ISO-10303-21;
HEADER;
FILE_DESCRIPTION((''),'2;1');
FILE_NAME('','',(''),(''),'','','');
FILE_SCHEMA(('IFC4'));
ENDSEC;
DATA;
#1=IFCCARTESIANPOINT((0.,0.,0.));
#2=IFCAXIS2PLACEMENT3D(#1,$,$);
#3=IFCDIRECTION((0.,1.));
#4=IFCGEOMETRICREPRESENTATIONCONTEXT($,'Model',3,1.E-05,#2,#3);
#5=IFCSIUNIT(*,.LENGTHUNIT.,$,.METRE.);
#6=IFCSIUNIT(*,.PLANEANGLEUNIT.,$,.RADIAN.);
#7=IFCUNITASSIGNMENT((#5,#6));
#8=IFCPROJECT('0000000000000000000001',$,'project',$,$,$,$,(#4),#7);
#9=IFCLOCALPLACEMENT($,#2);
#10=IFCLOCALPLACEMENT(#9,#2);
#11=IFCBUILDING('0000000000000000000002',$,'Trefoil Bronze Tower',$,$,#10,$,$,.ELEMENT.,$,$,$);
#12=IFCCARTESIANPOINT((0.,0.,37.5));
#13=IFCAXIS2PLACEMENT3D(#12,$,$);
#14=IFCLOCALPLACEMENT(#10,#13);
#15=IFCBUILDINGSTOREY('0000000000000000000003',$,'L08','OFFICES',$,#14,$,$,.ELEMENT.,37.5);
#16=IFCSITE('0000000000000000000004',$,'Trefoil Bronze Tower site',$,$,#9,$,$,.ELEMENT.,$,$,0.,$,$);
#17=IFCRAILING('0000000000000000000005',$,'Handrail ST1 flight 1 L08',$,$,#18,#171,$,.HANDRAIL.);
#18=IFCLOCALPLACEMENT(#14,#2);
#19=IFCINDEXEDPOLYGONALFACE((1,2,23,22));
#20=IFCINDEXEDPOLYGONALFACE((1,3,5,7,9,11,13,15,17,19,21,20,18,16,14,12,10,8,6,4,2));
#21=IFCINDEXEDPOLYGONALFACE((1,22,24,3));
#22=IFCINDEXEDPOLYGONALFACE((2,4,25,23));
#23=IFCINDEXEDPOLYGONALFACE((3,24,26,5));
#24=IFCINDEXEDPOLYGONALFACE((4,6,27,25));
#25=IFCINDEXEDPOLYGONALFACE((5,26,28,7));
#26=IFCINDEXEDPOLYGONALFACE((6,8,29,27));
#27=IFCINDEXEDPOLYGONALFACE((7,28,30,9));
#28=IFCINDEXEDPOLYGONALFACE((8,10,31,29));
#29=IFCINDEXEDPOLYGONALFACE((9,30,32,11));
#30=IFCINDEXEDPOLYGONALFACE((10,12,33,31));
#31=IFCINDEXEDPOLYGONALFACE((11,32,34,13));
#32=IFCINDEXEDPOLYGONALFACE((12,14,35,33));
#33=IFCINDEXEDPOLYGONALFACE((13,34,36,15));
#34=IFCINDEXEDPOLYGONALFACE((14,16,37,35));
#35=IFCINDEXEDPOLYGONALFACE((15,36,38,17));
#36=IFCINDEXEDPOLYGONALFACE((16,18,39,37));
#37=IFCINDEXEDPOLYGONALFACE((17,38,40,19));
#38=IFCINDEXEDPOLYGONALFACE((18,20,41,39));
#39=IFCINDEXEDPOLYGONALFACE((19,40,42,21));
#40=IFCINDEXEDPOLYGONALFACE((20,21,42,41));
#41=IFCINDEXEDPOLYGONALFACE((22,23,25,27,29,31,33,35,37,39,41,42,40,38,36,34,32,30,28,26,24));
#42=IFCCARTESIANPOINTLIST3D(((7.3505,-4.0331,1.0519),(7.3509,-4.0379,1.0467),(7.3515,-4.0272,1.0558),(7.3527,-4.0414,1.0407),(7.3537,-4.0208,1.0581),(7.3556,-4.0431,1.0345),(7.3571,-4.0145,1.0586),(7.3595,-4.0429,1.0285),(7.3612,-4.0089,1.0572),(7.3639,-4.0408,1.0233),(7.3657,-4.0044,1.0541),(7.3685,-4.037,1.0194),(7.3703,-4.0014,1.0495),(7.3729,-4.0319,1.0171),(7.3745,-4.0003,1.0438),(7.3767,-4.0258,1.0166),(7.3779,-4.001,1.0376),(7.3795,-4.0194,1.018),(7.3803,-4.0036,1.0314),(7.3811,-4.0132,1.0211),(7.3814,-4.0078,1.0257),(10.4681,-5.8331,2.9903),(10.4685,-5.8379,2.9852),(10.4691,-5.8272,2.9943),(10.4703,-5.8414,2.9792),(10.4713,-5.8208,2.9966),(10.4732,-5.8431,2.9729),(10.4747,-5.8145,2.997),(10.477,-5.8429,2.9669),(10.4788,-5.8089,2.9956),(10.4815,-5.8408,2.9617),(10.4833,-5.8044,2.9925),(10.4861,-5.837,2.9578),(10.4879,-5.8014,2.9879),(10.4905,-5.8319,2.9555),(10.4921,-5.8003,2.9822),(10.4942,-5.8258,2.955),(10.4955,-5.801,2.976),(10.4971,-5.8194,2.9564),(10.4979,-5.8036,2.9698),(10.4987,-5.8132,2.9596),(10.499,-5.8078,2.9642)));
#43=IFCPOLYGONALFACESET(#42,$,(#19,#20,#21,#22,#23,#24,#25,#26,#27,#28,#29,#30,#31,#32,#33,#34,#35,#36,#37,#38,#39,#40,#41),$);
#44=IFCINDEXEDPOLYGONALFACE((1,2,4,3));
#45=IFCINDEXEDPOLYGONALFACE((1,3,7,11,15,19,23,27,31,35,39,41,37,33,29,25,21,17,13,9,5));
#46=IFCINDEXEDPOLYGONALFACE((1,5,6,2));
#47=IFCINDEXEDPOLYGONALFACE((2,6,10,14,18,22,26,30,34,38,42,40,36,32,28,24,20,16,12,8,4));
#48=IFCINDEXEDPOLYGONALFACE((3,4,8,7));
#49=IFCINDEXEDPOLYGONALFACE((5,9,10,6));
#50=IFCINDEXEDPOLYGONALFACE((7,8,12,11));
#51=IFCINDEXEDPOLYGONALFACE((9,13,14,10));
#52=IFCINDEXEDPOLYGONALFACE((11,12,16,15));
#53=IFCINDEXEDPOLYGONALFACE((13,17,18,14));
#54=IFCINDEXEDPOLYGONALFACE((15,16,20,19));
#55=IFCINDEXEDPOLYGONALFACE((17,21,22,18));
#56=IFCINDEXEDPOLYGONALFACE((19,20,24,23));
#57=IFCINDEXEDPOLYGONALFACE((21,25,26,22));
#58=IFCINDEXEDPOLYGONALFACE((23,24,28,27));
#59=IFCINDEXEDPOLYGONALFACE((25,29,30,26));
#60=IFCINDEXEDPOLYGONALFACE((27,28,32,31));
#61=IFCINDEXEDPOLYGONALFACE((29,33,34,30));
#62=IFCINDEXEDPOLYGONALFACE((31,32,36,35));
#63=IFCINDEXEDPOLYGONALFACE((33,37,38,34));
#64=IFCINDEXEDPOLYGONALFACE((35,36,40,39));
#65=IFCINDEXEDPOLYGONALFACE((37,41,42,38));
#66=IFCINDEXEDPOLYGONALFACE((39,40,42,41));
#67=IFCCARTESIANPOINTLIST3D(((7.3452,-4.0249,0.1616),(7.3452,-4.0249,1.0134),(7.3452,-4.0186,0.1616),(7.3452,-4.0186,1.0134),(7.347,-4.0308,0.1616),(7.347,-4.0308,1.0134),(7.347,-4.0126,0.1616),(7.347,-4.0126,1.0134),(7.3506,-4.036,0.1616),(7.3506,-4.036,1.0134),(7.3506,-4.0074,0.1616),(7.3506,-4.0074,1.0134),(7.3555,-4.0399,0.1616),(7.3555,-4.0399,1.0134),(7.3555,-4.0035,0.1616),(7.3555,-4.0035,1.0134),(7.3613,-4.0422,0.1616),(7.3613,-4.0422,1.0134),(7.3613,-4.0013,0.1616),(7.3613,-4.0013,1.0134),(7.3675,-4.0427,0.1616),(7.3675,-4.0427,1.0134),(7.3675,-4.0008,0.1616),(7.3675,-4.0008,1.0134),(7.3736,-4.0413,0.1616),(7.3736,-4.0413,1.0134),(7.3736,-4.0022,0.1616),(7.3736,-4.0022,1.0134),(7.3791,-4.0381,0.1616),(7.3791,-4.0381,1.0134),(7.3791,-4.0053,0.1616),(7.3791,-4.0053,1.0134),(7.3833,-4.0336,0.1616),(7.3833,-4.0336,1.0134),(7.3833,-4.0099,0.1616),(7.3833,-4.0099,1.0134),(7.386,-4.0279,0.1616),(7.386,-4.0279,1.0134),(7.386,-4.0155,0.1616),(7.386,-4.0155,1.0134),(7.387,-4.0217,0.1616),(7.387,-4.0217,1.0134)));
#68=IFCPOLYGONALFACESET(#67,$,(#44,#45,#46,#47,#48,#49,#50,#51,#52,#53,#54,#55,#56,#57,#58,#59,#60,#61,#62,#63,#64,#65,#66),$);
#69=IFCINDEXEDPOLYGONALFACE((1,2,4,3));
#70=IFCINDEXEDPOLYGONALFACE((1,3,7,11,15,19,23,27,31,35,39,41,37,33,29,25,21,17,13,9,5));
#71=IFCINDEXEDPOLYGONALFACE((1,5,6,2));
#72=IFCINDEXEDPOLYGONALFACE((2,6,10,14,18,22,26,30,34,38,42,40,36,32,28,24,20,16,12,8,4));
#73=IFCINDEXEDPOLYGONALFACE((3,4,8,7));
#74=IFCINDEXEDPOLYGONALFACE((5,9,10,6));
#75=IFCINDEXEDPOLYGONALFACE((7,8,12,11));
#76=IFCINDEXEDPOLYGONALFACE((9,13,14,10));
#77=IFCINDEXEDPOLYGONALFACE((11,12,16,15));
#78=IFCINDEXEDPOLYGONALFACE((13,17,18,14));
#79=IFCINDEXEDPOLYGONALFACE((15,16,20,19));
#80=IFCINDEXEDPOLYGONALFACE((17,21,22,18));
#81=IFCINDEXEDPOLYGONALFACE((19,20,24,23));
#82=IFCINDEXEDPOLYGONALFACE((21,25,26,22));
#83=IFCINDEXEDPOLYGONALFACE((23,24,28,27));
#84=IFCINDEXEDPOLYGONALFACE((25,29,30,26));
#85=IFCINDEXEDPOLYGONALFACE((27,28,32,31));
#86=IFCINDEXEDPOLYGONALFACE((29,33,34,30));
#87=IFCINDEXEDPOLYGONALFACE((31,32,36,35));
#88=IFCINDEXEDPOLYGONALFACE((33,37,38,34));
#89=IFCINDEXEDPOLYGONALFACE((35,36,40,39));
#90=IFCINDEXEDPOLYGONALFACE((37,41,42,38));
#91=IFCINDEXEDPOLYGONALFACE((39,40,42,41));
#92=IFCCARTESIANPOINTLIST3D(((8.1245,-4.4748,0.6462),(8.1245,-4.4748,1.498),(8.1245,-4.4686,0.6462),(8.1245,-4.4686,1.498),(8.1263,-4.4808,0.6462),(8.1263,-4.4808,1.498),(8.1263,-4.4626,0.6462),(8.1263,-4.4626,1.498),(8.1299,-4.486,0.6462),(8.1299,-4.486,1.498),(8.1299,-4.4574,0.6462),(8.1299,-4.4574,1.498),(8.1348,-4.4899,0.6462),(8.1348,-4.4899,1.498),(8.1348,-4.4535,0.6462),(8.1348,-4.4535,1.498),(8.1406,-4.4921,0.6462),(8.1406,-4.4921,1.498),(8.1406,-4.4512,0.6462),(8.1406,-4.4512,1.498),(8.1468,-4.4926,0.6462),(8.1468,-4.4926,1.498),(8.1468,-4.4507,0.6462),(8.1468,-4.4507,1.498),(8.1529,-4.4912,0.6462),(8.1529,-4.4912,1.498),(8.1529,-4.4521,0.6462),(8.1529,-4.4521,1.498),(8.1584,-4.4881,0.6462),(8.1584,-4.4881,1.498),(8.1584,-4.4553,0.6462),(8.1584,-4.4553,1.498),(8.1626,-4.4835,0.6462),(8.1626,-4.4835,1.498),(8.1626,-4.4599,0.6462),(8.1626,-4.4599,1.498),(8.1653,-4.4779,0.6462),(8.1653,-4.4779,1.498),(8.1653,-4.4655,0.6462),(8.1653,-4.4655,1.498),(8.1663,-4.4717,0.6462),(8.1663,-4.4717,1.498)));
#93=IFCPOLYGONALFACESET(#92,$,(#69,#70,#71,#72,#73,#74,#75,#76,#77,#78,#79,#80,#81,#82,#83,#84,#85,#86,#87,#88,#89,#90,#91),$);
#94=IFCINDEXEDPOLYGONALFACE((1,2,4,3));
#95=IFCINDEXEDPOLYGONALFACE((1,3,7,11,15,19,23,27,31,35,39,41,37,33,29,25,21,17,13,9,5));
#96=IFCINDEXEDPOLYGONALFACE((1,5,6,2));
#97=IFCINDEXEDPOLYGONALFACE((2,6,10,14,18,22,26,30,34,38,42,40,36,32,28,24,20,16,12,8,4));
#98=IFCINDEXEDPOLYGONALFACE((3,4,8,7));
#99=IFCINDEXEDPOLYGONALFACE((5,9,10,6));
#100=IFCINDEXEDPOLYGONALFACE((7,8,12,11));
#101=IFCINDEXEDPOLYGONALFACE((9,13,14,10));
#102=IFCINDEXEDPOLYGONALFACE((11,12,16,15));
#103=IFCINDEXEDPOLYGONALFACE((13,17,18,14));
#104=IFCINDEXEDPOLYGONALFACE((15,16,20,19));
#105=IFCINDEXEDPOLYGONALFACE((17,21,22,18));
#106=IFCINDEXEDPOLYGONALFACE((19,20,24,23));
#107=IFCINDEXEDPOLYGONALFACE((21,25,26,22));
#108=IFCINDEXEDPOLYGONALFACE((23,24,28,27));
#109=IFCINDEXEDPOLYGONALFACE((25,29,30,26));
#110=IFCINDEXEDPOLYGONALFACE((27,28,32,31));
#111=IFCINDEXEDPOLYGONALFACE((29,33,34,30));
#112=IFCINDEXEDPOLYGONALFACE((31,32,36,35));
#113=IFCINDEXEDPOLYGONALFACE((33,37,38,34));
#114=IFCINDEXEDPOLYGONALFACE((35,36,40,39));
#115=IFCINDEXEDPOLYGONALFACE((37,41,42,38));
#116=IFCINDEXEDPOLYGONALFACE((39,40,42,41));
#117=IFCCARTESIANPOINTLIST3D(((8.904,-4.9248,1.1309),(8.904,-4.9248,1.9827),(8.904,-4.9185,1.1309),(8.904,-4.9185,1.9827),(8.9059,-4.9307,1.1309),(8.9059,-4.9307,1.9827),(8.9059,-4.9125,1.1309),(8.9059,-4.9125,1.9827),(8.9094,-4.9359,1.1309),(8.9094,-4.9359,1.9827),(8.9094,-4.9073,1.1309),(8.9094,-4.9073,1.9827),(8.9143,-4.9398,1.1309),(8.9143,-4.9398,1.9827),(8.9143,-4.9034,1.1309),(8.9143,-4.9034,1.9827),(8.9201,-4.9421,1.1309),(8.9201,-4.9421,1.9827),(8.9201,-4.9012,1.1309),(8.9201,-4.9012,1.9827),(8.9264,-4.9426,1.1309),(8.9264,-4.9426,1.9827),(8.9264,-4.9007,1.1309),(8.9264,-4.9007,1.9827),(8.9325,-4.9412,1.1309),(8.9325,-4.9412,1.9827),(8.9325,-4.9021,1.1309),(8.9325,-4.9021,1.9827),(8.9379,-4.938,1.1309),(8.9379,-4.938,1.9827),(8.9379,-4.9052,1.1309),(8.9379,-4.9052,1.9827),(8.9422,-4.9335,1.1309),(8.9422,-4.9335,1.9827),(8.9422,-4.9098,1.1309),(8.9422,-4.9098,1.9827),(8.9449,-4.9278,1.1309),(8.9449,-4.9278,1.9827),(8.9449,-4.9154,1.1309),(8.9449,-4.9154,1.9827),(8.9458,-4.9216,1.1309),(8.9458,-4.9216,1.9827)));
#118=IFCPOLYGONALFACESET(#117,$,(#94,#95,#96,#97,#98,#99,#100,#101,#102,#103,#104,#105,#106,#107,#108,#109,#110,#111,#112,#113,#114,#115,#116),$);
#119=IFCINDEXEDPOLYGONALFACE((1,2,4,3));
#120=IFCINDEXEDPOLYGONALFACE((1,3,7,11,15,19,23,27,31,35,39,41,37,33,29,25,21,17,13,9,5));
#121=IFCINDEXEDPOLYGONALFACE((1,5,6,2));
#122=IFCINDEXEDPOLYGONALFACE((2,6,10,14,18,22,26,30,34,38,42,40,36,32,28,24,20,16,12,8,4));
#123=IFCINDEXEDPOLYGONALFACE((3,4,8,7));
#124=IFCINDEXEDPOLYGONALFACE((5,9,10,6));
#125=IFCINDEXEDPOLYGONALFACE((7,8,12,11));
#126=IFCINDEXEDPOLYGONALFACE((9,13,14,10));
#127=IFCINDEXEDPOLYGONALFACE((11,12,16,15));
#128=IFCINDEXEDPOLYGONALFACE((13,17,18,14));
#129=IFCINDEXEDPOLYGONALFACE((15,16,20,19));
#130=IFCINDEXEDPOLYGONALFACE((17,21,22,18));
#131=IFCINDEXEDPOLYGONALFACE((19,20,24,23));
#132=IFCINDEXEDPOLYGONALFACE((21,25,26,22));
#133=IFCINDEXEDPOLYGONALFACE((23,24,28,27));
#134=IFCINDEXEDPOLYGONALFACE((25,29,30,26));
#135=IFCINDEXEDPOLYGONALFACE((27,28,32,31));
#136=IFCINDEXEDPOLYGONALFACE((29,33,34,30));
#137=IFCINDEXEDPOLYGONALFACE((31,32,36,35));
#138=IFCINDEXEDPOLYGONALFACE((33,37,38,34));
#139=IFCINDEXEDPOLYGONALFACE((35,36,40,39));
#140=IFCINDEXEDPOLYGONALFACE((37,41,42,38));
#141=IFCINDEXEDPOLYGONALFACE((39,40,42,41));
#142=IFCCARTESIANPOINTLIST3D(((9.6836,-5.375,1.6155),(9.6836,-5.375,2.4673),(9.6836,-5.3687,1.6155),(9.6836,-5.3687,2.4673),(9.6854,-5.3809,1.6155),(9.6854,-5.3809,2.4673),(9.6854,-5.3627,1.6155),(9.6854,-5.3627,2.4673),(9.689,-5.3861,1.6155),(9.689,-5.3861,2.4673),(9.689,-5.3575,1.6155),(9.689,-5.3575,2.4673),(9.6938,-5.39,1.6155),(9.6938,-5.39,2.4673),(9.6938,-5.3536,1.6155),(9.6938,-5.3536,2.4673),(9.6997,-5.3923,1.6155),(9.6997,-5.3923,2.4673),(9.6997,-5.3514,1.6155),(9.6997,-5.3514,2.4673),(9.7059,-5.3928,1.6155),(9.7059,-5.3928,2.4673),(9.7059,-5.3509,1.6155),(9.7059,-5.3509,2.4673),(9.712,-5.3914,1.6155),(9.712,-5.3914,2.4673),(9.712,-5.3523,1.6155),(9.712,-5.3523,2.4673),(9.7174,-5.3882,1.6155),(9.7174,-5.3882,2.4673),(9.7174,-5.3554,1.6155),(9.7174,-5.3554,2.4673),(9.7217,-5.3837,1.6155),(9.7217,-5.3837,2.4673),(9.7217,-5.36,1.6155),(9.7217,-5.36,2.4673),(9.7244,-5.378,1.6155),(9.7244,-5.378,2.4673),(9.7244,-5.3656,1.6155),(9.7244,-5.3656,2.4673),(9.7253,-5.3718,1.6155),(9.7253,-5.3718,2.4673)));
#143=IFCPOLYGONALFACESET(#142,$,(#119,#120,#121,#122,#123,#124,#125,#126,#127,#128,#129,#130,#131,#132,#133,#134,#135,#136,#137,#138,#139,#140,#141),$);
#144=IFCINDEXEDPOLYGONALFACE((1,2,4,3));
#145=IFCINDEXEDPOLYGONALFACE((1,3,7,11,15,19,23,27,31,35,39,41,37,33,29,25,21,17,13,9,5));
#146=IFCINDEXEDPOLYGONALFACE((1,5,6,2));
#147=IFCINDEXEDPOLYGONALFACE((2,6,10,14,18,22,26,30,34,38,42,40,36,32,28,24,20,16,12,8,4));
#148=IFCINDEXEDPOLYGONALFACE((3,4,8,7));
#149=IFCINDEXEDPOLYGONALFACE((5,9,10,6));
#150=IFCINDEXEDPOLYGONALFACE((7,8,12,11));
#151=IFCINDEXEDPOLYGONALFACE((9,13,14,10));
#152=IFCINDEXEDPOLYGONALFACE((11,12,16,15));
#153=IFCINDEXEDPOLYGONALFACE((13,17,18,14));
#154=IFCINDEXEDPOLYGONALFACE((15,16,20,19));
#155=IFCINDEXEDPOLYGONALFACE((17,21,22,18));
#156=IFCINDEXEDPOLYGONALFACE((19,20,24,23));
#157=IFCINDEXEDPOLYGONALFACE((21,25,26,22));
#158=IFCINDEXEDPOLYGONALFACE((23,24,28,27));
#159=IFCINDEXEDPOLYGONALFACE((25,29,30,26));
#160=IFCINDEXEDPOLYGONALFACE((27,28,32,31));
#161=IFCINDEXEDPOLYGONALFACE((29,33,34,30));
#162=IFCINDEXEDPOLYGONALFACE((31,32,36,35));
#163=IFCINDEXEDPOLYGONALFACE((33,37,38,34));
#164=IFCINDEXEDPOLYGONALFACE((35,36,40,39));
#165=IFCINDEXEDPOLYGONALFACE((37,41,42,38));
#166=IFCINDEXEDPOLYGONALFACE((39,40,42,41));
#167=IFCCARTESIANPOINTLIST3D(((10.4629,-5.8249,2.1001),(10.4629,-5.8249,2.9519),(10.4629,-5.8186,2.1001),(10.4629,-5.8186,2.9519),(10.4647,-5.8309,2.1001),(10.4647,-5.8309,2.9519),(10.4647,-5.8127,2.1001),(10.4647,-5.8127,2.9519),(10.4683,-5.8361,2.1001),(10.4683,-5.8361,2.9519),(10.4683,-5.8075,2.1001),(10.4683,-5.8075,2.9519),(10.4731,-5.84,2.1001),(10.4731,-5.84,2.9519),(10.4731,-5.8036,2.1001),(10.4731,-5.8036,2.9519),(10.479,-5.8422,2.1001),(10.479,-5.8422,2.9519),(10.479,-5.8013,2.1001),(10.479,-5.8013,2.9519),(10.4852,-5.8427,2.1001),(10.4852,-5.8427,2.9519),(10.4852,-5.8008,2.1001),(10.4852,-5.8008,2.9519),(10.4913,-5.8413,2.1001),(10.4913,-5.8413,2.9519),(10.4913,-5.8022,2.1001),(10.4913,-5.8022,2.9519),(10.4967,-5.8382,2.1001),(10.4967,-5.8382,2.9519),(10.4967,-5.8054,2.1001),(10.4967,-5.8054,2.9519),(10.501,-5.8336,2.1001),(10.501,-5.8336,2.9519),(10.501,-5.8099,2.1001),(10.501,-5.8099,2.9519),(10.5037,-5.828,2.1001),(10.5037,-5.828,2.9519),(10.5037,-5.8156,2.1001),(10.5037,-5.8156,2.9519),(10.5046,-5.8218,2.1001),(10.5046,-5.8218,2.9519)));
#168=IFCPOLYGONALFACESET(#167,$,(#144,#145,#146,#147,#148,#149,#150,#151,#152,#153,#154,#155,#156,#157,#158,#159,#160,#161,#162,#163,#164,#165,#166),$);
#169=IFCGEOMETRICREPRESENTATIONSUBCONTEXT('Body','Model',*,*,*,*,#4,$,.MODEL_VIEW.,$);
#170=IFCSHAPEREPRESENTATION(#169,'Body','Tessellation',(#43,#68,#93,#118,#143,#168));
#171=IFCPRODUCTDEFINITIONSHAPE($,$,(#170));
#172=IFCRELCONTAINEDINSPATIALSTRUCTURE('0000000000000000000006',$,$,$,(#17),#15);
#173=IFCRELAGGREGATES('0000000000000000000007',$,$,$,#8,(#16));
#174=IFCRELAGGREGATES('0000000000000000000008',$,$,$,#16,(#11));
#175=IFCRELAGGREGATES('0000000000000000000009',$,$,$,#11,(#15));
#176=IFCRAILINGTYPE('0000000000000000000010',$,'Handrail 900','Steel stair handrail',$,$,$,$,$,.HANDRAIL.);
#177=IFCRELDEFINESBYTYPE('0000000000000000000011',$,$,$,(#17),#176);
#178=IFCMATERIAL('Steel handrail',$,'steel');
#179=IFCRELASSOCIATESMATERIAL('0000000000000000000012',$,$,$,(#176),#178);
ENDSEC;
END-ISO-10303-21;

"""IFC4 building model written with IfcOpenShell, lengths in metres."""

from ifc_helpers import new_model, si_unit, direction, frame, origin, origin_2d, place, context, subcontext, project, spatial, circle, extrude, material, type_object, element, save


model = new_model("IFC4")

# Units and contexts
model_context = context("Model", 3, precision=1e-05, world=origin(), true_north=direction((0.0, 1.0)))
body_context = subcontext(model_context, "Body", "Model", "MODEL_VIEW")
ifc_project = project(units=[si_unit("LENGTHUNIT", "METRE"), si_unit("PLANEANGLEUNIT", "RADIAN")], contexts=[model_context])

# Site, building, storey
site_placement = place(None, origin())
site = spatial("IfcSite", under=ifc_project, at=site_placement, Name="Trefoil Bronze Tower site", CompositionType="ELEMENT", RefElevation=0.0)
building_placement = place(site_placement, origin())
building = spatial("IfcBuilding", under=site, at=building_placement, Name="Trefoil Bronze Tower", CompositionType="ELEMENT")
storey_placement = place(building_placement, frame((0.0, 0.0, 37.5)))
storey = spatial("IfcBuildingStorey", under=building, at=storey_placement, Name="L08", Description="OFFICES", CompositionType="ELEMENT", Elevation=37.5)

# Railing
ifc_material_1 = material(Name="Steel handrail", Category="steel")
railing_type = type_object("IfcRailingType", Name="Handrail 900", Description="Steel stair handrail", PredefinedType="HANDRAIL", material=ifc_material_1)
railing_1_placement = place(storey_placement, frame((7.366, -4.0217, 0.1616)))
element("IfcRailing", 1, at=railing_1_placement, inside=storey, type_object=railing_type, Name="Handrail ST1 flight 1 L08", PredefinedType="HANDRAIL", context=body_context, shape_type="SweptSolid", body=[
    extrude(circle(Radius=0.0239, at=origin_2d()), frame((0.0, 0.0, 0.876), z_axis=(0.762503, -0.440246, 0.474102), x_axis=(0.500012, 0.866018, 0.0)), (0.0, 0.0, 1.0), 4.0886),
    extrude(circle(Radius=0.021, at=origin_2d()), origin(), (0.0, 0.0, 1.0), 0.8518),
    extrude(circle(Radius=0.021, at=origin_2d()), frame((0.7793, -0.45, 0.4846)), (0.0, 0.0, 1.0), 0.8518),
    extrude(circle(Radius=0.021, at=origin_2d()), frame((1.5588, -0.8999, 0.9692)), (0.0, 0.0, 1.0), 0.8518),
    extrude(circle(Radius=0.021, at=origin_2d()), frame((2.3384, -1.3501, 1.4539)), (0.0, 0.0, 1.0), 0.8518),
    extrude(circle(Radius=0.021, at=origin_2d()), frame((3.1177, -1.8, 1.9385)), (0.0, 0.0, 1.0), 0.8518),
])

save(model, "model.ifc")
